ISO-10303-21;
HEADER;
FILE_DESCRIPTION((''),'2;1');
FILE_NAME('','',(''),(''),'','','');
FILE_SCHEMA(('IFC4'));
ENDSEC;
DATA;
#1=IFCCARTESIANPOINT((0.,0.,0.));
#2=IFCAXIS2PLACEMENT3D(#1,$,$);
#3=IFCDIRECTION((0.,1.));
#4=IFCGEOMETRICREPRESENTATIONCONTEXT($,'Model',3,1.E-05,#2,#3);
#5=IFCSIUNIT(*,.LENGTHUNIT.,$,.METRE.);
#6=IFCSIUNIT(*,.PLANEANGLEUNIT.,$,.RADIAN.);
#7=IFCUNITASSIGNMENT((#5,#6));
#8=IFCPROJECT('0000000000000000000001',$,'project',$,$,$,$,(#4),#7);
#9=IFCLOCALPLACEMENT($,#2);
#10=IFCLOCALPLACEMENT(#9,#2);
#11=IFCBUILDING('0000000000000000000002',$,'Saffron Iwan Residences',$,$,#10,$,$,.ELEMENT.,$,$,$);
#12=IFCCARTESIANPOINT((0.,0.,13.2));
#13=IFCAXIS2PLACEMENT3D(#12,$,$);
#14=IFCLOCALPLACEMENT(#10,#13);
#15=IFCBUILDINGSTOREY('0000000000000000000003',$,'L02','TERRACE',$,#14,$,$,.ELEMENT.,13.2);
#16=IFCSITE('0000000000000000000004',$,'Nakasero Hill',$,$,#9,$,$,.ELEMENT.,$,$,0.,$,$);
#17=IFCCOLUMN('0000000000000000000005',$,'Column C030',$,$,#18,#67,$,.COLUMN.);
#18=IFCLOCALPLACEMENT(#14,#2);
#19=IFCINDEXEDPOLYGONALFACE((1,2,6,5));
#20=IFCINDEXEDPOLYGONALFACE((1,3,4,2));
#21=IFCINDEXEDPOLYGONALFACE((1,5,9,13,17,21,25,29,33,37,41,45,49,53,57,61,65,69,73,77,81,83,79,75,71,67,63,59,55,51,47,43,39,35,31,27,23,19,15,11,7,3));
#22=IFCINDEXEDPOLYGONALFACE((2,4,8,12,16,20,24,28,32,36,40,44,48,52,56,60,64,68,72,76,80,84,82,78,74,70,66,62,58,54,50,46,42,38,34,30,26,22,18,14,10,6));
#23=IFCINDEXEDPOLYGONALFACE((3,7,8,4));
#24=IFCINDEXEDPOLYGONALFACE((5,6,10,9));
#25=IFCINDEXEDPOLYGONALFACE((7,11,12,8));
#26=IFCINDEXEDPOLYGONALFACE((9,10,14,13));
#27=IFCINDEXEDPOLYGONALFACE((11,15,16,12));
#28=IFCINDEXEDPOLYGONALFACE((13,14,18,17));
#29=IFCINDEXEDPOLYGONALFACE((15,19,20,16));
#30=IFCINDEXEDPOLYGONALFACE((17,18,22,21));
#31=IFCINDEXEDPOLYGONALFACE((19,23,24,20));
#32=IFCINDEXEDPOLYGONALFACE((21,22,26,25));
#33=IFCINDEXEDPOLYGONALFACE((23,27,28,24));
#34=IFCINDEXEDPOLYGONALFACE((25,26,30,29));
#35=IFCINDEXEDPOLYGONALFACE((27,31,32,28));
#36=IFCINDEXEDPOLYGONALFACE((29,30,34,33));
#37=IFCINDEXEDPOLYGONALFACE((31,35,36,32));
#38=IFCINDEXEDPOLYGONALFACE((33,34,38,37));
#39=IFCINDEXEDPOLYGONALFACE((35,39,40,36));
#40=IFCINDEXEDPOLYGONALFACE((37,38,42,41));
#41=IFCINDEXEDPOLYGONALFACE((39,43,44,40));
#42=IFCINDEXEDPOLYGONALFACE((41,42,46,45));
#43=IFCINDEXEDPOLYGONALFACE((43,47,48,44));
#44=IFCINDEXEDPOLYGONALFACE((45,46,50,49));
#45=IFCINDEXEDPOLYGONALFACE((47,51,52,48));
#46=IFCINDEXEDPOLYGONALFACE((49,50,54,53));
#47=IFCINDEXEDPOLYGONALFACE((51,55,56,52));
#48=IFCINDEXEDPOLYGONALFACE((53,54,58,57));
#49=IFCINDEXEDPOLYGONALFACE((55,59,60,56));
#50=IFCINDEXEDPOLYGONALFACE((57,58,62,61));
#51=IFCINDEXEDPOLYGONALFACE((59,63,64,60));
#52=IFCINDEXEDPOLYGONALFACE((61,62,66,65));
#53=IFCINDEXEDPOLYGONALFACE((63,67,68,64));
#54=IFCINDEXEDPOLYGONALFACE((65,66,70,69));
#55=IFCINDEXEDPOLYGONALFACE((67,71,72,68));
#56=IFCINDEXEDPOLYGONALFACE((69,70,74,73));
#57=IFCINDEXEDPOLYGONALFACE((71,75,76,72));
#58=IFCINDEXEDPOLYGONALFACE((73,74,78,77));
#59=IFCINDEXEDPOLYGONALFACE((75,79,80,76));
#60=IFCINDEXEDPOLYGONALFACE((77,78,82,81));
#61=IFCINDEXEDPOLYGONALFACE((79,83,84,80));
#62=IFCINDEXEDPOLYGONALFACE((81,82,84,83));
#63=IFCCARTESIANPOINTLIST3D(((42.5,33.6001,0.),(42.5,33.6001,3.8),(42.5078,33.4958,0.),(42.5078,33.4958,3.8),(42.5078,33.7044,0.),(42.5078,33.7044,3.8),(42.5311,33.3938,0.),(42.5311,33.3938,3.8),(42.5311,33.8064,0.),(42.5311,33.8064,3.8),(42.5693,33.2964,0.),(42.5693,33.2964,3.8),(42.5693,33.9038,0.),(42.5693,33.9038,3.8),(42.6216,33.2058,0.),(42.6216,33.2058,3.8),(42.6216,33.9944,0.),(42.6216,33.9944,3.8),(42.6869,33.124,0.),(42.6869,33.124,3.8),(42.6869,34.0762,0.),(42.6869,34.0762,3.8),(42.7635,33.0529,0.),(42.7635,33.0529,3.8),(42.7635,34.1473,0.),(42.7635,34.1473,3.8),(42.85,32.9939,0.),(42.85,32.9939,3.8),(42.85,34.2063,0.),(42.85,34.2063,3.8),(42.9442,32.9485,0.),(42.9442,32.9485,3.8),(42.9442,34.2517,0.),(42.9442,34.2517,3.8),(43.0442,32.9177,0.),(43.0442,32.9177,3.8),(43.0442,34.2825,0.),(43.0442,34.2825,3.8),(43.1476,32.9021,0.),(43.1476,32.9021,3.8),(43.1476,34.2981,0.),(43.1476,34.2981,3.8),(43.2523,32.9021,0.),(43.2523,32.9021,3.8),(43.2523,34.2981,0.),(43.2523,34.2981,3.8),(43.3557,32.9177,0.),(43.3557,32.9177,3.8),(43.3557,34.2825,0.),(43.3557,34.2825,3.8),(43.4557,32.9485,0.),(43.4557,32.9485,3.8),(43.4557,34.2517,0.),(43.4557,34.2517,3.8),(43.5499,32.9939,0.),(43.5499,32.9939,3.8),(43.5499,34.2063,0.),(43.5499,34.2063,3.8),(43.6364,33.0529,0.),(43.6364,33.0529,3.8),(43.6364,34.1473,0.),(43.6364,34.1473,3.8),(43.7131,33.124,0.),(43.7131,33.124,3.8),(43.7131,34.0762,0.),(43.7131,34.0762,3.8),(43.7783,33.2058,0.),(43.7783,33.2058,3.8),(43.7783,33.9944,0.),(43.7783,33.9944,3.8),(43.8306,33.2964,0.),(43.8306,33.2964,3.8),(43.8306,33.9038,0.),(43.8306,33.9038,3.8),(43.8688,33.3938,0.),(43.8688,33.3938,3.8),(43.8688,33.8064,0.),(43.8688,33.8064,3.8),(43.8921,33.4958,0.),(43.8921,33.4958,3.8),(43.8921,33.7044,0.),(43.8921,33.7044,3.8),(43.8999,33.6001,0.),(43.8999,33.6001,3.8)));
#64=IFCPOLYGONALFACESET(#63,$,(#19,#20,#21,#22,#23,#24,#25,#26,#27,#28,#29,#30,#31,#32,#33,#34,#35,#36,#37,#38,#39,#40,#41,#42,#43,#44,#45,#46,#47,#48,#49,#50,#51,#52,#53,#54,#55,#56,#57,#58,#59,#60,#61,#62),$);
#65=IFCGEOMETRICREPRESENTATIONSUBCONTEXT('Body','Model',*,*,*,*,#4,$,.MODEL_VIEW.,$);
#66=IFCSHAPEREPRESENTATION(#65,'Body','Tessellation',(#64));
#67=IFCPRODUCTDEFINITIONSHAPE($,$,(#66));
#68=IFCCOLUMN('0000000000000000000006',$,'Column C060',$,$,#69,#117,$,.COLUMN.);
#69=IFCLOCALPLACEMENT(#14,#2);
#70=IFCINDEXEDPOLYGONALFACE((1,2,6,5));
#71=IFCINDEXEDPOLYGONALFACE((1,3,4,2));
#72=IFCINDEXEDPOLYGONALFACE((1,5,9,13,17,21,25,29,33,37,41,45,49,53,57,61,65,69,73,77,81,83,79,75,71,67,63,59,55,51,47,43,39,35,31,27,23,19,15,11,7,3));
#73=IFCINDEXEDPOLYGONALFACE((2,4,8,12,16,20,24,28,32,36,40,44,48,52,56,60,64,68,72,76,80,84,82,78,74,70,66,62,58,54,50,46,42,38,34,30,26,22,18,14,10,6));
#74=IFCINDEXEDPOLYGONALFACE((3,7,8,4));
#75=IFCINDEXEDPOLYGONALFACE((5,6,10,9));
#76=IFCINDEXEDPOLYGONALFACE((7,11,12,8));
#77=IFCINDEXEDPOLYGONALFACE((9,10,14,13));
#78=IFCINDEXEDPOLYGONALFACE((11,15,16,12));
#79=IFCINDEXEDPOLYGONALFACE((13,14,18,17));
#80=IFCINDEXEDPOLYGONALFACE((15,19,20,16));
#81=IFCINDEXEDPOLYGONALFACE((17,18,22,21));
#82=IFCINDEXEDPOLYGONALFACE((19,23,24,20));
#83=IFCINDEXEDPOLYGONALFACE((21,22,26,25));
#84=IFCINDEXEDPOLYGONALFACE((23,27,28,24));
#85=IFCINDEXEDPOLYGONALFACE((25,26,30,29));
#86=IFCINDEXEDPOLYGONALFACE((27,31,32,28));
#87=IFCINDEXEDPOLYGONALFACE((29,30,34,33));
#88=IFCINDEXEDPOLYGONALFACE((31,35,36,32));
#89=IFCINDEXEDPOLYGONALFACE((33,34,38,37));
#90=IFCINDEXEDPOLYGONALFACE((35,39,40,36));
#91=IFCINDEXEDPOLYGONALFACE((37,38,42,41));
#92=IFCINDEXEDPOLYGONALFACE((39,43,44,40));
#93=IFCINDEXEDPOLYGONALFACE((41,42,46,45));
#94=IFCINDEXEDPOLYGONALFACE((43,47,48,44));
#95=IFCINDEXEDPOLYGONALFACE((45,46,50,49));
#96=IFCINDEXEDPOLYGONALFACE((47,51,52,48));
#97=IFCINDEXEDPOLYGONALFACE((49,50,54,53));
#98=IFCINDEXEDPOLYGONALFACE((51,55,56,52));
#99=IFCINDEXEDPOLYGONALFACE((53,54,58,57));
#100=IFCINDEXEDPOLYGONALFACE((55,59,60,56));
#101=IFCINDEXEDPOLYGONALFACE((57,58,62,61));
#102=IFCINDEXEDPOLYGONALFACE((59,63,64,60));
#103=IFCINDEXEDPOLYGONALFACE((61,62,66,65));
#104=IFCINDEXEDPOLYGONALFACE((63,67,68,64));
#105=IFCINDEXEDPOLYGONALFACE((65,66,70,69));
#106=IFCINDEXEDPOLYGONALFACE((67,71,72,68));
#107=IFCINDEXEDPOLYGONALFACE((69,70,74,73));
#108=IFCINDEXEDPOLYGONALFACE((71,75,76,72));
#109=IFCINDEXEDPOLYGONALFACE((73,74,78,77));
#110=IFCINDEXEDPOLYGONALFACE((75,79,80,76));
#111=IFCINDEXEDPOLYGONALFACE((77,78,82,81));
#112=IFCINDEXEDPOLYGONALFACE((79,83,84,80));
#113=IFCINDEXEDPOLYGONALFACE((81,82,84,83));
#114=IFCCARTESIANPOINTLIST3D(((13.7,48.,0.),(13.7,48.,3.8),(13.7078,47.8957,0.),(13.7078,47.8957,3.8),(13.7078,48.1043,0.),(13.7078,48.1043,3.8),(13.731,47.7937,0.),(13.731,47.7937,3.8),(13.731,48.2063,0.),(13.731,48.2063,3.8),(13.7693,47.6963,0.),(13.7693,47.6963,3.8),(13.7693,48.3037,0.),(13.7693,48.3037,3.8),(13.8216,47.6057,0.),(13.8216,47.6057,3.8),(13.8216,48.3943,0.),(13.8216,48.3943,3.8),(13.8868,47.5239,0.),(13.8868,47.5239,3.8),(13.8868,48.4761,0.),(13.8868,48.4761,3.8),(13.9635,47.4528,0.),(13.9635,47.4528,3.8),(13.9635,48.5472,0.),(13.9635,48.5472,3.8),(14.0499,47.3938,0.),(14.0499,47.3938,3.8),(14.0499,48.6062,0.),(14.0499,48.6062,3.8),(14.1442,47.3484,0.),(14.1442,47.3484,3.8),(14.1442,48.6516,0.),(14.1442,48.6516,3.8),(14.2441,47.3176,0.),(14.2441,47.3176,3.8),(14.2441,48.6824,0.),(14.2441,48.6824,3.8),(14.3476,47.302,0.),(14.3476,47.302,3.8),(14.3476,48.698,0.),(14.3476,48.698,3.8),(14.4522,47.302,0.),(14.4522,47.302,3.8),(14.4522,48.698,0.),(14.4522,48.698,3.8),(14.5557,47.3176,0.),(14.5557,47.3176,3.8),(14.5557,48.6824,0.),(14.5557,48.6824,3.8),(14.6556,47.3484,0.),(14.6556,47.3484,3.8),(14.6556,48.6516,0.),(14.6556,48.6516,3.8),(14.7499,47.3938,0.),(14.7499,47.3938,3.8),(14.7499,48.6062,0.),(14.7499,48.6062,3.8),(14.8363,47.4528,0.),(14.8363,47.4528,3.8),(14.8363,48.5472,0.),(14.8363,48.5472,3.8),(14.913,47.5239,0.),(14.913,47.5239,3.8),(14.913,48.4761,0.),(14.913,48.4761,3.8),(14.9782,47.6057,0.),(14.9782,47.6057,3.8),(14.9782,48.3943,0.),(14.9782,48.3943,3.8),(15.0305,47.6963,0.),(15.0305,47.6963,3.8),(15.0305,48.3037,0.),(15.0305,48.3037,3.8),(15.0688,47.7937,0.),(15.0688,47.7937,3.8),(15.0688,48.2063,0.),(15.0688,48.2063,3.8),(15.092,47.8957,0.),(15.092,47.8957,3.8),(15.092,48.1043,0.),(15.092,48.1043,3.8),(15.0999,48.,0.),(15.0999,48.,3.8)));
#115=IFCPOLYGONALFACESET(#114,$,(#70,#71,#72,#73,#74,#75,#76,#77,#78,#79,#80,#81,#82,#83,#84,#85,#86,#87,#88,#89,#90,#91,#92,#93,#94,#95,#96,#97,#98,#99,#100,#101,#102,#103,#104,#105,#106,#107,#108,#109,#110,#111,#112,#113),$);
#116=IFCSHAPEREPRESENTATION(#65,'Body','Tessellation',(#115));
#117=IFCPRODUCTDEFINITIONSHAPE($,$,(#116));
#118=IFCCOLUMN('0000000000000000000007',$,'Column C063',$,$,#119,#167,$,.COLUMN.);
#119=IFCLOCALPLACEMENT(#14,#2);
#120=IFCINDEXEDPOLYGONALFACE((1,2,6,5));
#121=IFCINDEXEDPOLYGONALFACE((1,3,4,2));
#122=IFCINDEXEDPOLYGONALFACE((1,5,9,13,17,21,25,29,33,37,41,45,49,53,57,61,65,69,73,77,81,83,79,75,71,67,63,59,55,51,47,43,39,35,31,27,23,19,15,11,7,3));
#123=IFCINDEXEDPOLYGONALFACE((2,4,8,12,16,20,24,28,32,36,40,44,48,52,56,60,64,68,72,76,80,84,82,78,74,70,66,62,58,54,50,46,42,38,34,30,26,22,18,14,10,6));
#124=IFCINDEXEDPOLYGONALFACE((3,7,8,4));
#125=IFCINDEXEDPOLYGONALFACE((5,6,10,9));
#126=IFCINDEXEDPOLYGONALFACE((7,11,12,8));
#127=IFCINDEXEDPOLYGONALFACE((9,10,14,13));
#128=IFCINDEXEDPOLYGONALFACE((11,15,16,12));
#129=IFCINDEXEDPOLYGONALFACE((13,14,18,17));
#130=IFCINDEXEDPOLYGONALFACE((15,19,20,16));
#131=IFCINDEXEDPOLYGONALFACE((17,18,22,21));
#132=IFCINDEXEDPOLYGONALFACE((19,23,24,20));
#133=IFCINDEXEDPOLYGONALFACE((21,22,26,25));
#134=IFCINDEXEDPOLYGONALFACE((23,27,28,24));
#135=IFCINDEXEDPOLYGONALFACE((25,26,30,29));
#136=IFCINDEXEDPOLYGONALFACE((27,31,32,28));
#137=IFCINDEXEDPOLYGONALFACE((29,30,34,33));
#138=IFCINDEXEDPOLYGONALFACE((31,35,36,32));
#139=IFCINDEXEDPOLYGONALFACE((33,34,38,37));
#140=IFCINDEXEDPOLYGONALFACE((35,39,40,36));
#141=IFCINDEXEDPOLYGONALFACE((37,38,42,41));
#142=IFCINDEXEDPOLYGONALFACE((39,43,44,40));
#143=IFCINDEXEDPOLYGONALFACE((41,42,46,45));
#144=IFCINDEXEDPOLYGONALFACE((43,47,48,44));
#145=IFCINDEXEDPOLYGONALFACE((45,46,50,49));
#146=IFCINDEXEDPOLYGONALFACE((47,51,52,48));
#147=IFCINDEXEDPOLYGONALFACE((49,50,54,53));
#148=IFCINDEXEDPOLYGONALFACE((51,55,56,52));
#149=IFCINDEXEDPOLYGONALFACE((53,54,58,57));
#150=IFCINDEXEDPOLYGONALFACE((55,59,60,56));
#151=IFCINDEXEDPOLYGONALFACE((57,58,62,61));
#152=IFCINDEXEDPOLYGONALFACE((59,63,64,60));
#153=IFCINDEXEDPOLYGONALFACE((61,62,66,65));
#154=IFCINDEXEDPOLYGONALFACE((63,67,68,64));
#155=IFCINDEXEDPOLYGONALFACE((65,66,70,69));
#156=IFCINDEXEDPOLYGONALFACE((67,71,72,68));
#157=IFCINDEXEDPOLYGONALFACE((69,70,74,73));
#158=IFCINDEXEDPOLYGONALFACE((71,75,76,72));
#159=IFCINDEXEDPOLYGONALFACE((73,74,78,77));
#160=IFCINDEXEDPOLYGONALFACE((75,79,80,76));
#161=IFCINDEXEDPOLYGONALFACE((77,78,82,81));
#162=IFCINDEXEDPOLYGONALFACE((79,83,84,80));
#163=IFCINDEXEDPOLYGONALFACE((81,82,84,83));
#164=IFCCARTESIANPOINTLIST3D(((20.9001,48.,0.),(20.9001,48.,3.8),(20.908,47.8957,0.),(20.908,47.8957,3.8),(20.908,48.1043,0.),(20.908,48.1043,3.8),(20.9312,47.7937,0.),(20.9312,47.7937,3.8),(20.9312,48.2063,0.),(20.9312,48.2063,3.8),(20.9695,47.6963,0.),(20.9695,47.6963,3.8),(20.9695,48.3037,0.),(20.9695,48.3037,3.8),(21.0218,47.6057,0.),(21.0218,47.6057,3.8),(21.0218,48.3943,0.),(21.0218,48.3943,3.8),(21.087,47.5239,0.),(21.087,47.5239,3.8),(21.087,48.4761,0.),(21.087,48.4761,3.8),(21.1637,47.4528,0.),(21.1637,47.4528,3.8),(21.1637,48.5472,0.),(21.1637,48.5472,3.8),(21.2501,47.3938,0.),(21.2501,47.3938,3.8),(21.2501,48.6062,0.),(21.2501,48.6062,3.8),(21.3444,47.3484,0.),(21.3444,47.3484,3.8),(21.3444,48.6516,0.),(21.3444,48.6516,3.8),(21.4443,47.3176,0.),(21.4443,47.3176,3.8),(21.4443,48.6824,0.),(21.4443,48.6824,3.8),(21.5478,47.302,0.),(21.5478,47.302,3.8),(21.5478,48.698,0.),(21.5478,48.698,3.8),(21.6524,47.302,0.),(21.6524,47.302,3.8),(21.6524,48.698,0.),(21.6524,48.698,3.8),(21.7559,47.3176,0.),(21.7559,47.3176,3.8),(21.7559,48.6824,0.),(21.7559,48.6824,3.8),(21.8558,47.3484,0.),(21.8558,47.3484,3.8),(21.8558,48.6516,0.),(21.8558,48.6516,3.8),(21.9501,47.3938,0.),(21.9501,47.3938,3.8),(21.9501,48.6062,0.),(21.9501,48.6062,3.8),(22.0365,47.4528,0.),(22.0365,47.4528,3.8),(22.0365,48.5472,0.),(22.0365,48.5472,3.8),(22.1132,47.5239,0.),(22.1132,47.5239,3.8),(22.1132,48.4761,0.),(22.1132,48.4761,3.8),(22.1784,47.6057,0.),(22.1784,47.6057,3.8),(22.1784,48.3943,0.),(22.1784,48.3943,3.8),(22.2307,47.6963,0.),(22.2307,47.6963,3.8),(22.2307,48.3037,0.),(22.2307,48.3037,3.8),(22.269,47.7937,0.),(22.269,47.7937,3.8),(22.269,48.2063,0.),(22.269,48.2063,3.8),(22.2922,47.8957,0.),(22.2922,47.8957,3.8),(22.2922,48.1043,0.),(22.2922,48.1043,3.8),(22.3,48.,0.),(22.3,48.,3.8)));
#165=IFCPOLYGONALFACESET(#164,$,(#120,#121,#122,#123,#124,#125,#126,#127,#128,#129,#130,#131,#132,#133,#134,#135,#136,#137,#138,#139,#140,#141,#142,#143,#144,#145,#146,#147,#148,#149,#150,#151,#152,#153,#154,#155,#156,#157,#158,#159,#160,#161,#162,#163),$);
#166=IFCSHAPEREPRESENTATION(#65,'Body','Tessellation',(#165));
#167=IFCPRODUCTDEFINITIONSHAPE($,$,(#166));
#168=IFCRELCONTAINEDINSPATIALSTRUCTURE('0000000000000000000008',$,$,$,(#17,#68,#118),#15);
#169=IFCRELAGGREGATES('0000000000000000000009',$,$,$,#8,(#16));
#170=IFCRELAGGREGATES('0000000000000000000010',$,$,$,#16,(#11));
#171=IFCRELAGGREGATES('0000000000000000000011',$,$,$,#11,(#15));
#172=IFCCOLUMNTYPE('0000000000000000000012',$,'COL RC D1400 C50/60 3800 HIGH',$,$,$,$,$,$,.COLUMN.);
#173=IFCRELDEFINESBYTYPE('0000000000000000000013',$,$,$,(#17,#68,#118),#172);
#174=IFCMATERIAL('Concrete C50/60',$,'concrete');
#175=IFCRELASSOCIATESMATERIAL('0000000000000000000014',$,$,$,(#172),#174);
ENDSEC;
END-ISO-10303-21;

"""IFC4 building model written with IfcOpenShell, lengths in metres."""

from ifc_helpers import new_model, si_unit, direction, frame, origin, origin_2d, place, context, subcontext, project, spatial, circle, extrude, source, transform, mapped, material, material_profile, profile_set, type_object, element, save


model = new_model("IFC4")

# Units and contexts
model_context = context("Model", 3, precision=1e-05, world=origin(), true_north=direction((0.0, 1.0)))
body_context = subcontext(model_context, "Body", "Model", "MODEL_VIEW")
ifc_project = project(units=[si_unit("LENGTHUNIT", "METRE"), si_unit("PLANEANGLEUNIT", "RADIAN")], contexts=[model_context])

# Site, building, storey
site_placement = place(None, origin())
site = spatial("IfcSite", under=ifc_project, at=site_placement, Name="Nakasero Hill", CompositionType="ELEMENT", RefElevation=0.0)
building_placement = place(site_placement, origin())
building = spatial("IfcBuilding", under=site, at=building_placement, Name="Saffron Iwan Residences", CompositionType="ELEMENT")
storey_placement = place(building_placement, frame((0.0, 0.0, 13.2)))
storey = spatial("IfcBuildingStorey", under=building, at=storey_placement, Name="L02", Description="TERRACE", CompositionType="ELEMENT", Elevation=13.2)

# Columns
ifc_material_1 = material(Name="Concrete C50/60", Category="concrete")
ifc_material_profile_1 = material_profile(ifc_material_1, circle(Radius=0.7, at=origin_2d()), Name="RC D1400")
ifc_profile_set_1 = profile_set([ifc_material_profile_1], Name="Concrete C50/60")
column_type = type_object("IfcColumnType", Name="COL RC D1400 C50/60 3800 HIGH", PredefinedType="COLUMN", material=ifc_profile_set_1)
shared_shape_1 = source(origin(), body_context, "Body", "SweptSolid", [
    extrude(circle(Radius=0.7, at=origin_2d()), origin(), (0.0, 0.0, 1.0), 3.8),
])
for number, where, z_axis, x_axis, name in (
    (1, (43.2, 33.6001, 0.0), (0.0, 0.0, 1.0), (1.0, 0.0, 0.0), "Column C030"),
    (2, (14.3999, 48.0, 0.0), (0.0, 0.0, 1.0), (1.0, 0.0, 0.0), "Column C060"),
    (3, (21.6001, 48.0, 0.0), (0.0, 0.0, 1.0), (1.0, 0.0, 0.0), "Column C063"),
):
    element("IfcColumn", number, at=place(storey_placement, frame(where, z_axis=z_axis, x_axis=x_axis)), inside=storey, type_object=column_type, Name=name, PredefinedType="COLUMN", context=body_context, shape_type="MappedRepresentation", body=[
        mapped(shared_shape_1, transform((0.0, 0.0, 0.0))),
    ])

save(model, "model.ifc")
